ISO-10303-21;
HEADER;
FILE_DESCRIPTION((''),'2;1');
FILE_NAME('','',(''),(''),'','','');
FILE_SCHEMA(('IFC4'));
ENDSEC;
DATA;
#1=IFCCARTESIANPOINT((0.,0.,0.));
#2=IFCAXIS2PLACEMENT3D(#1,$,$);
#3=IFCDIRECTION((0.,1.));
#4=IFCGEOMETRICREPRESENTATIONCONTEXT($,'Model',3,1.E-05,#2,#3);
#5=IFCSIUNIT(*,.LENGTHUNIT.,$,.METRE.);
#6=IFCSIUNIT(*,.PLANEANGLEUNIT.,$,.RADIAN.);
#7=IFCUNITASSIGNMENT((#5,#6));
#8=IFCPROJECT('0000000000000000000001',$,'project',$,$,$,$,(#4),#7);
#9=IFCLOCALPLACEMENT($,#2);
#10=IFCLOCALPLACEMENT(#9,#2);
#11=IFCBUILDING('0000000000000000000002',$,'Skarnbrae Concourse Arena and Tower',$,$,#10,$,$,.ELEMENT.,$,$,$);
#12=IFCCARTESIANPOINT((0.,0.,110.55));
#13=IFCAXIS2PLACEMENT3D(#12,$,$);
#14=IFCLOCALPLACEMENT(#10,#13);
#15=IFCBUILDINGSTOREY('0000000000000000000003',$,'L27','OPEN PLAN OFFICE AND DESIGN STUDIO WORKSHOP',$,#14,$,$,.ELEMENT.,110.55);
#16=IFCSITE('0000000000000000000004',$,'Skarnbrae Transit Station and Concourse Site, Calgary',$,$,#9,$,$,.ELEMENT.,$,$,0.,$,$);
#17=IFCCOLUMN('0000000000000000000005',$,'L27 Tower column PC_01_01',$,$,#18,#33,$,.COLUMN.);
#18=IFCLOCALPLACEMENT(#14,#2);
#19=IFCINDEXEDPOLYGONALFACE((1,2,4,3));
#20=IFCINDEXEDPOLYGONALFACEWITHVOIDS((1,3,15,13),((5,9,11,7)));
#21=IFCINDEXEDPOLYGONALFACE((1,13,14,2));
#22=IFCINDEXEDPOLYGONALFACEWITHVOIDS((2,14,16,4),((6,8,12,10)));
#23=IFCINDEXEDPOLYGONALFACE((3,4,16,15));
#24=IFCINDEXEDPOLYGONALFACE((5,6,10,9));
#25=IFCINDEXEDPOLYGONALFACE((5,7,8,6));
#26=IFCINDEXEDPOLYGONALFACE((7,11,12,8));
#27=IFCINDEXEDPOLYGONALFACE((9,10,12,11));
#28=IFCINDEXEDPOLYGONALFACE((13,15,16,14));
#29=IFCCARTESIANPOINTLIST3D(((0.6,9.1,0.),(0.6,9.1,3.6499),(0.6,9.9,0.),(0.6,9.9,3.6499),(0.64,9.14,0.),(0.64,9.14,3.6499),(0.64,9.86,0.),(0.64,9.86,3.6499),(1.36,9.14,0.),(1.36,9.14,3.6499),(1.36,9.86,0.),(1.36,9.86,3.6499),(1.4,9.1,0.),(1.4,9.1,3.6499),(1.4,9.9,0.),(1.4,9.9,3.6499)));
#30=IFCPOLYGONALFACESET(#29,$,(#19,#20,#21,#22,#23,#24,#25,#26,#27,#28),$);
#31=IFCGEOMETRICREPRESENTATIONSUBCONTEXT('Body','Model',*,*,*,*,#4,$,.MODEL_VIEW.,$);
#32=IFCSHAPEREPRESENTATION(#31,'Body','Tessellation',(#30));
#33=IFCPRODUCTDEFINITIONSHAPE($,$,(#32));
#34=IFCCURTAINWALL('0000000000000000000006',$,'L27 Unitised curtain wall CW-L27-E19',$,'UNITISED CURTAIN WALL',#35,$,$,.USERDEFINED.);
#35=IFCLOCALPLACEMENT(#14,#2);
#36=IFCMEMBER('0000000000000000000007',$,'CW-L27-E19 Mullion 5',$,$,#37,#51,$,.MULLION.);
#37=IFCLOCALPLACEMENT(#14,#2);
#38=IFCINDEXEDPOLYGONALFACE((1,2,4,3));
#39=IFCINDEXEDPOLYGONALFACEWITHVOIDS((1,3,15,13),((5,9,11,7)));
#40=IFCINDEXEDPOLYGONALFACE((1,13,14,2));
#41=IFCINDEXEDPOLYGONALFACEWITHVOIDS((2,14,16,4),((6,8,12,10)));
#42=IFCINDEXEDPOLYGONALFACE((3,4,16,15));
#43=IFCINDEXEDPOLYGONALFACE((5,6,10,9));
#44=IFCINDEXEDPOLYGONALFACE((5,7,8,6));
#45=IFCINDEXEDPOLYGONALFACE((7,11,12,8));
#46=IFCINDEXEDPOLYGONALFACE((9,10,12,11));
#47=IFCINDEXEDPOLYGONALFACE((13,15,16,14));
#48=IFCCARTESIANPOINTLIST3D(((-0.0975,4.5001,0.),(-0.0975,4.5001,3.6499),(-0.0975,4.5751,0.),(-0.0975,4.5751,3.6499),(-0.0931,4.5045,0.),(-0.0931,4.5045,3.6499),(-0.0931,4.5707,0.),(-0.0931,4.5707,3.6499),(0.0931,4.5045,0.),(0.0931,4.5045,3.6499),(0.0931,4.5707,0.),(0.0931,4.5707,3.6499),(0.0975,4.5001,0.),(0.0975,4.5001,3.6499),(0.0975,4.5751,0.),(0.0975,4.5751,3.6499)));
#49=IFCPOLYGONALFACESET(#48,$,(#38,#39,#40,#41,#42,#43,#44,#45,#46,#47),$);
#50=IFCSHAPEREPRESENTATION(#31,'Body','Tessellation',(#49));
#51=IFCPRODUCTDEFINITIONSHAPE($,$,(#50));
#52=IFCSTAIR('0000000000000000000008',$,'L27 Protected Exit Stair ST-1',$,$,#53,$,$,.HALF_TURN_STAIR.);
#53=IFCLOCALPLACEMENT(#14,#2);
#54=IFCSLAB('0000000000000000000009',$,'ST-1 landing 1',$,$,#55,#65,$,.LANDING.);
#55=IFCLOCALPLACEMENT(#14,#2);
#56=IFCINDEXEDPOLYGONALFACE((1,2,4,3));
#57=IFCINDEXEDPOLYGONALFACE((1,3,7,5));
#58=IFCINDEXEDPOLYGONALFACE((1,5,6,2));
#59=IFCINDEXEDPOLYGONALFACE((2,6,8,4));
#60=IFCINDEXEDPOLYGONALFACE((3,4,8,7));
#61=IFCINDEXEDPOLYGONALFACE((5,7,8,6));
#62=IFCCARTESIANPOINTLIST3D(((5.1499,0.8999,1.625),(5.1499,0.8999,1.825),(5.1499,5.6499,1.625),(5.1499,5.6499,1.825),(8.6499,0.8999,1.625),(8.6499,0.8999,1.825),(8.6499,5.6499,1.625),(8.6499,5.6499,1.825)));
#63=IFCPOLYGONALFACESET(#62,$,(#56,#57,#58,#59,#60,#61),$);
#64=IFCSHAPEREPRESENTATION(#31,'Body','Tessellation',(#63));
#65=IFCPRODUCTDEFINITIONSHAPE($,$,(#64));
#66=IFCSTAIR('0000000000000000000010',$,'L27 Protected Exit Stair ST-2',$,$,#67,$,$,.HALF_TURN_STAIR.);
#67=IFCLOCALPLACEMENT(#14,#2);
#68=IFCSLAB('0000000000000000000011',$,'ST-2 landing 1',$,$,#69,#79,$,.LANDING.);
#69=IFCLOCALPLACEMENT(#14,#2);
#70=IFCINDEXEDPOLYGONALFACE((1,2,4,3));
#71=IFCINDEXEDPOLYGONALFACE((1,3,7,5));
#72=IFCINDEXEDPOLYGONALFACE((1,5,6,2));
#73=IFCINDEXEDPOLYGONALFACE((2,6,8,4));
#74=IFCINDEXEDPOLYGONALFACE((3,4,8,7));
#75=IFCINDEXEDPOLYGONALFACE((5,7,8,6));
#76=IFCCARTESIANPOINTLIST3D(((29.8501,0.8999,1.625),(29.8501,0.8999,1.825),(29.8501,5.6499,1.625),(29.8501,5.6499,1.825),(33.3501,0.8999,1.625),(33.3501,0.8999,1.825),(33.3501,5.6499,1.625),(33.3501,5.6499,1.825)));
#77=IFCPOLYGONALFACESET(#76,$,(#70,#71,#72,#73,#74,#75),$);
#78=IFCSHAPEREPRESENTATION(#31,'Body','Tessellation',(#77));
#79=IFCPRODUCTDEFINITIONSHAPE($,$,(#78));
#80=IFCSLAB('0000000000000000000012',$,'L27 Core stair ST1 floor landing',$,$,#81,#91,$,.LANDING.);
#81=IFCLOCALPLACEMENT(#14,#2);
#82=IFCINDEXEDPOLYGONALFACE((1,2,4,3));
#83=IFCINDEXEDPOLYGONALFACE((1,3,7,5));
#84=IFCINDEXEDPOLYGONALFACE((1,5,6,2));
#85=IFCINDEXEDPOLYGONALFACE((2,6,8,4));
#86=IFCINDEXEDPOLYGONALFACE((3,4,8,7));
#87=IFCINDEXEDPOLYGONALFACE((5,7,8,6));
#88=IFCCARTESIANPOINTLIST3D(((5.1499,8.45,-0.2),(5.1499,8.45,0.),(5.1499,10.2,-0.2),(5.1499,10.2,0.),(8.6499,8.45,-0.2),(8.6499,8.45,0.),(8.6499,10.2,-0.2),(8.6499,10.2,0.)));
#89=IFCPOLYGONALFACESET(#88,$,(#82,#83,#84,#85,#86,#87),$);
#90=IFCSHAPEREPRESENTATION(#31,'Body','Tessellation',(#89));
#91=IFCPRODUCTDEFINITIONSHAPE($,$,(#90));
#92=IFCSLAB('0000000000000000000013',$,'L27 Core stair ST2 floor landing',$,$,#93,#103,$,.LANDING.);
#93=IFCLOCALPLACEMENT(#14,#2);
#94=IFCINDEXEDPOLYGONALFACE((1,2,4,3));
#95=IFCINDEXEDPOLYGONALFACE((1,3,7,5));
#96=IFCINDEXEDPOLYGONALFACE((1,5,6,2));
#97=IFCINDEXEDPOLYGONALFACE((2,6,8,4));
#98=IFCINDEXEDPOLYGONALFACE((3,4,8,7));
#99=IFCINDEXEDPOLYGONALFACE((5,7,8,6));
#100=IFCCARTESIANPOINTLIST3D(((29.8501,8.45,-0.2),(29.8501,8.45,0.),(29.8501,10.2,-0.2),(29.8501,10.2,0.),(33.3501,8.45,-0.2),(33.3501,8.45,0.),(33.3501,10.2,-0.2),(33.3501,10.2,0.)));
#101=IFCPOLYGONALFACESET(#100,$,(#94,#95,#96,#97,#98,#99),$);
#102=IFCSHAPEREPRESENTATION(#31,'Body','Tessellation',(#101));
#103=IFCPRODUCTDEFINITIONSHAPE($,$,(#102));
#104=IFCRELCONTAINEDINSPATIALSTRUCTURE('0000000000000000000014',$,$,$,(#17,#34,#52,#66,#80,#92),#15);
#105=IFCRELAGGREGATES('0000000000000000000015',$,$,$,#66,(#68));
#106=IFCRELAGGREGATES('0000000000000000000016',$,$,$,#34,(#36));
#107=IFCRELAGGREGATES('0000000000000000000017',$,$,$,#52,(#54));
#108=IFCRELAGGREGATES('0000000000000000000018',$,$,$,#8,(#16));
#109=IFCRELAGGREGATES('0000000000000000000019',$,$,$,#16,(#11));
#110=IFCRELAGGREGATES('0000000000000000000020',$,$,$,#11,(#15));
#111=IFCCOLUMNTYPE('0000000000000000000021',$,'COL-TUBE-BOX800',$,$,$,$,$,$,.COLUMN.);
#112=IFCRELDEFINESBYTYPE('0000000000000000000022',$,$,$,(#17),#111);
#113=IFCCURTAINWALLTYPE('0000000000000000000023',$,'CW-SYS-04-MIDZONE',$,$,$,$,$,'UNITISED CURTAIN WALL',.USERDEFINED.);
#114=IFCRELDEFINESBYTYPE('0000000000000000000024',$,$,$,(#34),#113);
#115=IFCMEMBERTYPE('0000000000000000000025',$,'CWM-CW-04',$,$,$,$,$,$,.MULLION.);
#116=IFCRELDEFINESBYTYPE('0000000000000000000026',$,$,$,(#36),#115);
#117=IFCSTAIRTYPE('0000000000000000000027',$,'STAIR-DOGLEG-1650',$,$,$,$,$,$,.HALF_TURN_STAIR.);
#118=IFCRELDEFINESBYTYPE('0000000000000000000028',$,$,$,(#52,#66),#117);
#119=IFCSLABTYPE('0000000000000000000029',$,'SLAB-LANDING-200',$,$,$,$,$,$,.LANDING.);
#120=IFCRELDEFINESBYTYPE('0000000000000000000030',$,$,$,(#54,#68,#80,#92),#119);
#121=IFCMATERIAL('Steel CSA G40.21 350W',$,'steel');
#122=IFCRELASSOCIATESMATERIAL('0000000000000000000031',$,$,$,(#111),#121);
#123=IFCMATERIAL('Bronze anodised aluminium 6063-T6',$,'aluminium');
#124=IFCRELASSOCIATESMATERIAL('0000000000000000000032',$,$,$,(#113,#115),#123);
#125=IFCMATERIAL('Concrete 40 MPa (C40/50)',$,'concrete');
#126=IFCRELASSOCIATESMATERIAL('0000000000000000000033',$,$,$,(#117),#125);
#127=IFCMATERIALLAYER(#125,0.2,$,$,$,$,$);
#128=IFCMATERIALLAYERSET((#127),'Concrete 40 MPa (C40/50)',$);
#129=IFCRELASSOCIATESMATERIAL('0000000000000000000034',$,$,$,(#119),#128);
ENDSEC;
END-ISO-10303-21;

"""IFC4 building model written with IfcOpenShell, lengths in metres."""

from ifc_helpers import new_model, si_unit, direction, frame, origin, origin_2d, place, context, subcontext, project, spatial, polyline, hollow_rectangle, outline, extrude, source, transform, mapped, material, layer, layer_set, material_profile, profile_set, type_object, element, aggregate, save


model = new_model("IFC4")

# Units and contexts
model_context = context("Model", 3, precision=1e-05, world=origin(), true_north=direction((0.0, 1.0)))
body_context = subcontext(model_context, "Body", "Model", "MODEL_VIEW")
ifc_project = project(units=[si_unit("LENGTHUNIT", "METRE"), si_unit("PLANEANGLEUNIT", "RADIAN")], contexts=[model_context])

# Site, building, storey
site_placement = place(None, origin())
site = spatial("IfcSite", under=ifc_project, at=site_placement, Name="Skarnbrae Transit Station and Concourse Site, Calgary", CompositionType="ELEMENT", RefElevation=0.0)
building_placement = place(site_placement, origin())
building = spatial("IfcBuilding", under=site, at=building_placement, Name="Skarnbrae Concourse Arena and Tower", CompositionType="ELEMENT")
storey_placement = place(building_placement, frame((0.0, 0.0, 110.55)))
storey = spatial("IfcBuildingStorey", under=building, at=storey_placement, Name="L27", Description="OPEN PLAN OFFICE AND DESIGN STUDIO WORKSHOP", CompositionType="ELEMENT", Elevation=110.55)

# Column
ifc_material_1 = material(Name="Steel CSA G40.21 350W", Category="steel")
ifc_material_profile_1 = material_profile(ifc_material_1, hollow_rectangle(XDim=0.8, YDim=0.8, WallThickness=0.04, at=origin_2d()), Name="BOX800X800X40")
ifc_profile_set_1 = profile_set([ifc_material_profile_1], Name="Steel CSA G40.21 350W")
column_type = type_object("IfcColumnType", Name="COL-TUBE-BOX800", PredefinedType="COLUMN", material=ifc_profile_set_1)
shared_shape_1 = source(origin(), body_context, "Body", "SweptSolid", [
    extrude(hollow_rectangle(XDim=0.8, YDim=0.8, WallThickness=0.04, at=origin_2d()), origin(), (0.0, 0.0, 1.0), 3.6499),
])
column_placement = place(storey_placement, frame((1.0, 9.5, 0.0), z_axis=(0.0, 0.0, 1.0), x_axis=(1.0, 0.0, 0.0)))
element("IfcColumn", 1, at=column_placement, inside=storey, type_object=column_type, Name="L27 Tower column PC_01_01", PredefinedType="COLUMN", context=body_context, shape_type="MappedRepresentation", body=[
    mapped(shared_shape_1, transform((0.0, 0.0, 0.0))),
])

# Curtain wall, member
ifc_material_2 = material(Name="Bronze anodised aluminium 6063-T6", Category="aluminium")
curtain_wall_type = type_object("IfcCurtainWallType", Name="CW-SYS-04-MIDZONE", ElementType="UNITISED CURTAIN WALL", PredefinedType="USERDEFINED", material=ifc_material_2)
curtain_wall_placement = place(storey_placement, origin())
curtain_wall = element("IfcCurtainWall", 2, at=curtain_wall_placement, inside=storey, type_object=curtain_wall_type, Name="L27 Unitised curtain wall CW-L27-E19", ObjectType="UNITISED CURTAIN WALL", PredefinedType="USERDEFINED")
ifc_material_profile_2 = material_profile(ifc_material_2, hollow_rectangle(XDim=0.075, YDim=0.1951, WallThickness=0.0044, at=origin_2d()), Name="ALU-MULL-75X195")
ifc_profile_set_2 = profile_set([ifc_material_profile_2], Name="Bronze anodised aluminium 6063-T6")
member_type = type_object("IfcMemberType", Name="CWM-CW-04", PredefinedType="MULLION", material=ifc_profile_set_2)
shared_shape_2 = source(origin(), body_context, "Body", "SweptSolid", [
    extrude(hollow_rectangle(XDim=0.075, YDim=0.1951, WallThickness=0.0044, at=origin_2d()), origin(), (0.0, 0.0, 1.0), 3.6499),
])
member_placement = place(storey_placement, frame((0.0, 4.5376, 0.0), z_axis=(0.0, 0.0, 1.0), x_axis=(0.0, -1.0, 0.0)))
member = element("IfcMember", 3, at=member_placement, type_object=member_type, Name="CW-L27-E19 Mullion 5", PredefinedType="MULLION", context=body_context, shape_type="MappedRepresentation", body=[
    mapped(shared_shape_2, transform((0.0, 0.0, 0.0))),
])

# Stairs, slabs
ifc_material_3 = material(Name="Concrete 40 MPa (C40/50)", Category="concrete")
stair_type = type_object("IfcStairType", Name="STAIR-DOGLEG-1650", PredefinedType="HALF_TURN_STAIR", material=ifc_material_3)
stair_1_placement = place(storey_placement, origin())
stair_1 = element("IfcStair", 4, at=stair_1_placement, inside=storey, type_object=stair_type, Name="L27 Protected Exit Stair ST-1", PredefinedType="HALF_TURN_STAIR")
ifc_layer_1 = layer(ifc_material_3, 0.2)
ifc_layer_set_1 = layer_set([ifc_layer_1], Name="Concrete 40 MPa (C40/50)")
slab_type_1 = type_object("IfcSlabType", Name="SLAB-LANDING-200", PredefinedType="LANDING", material=ifc_layer_set_1)
slab_1_placement = place(storey_placement, frame((0.0, 0.0, 1.625)))
slab_1 = element("IfcSlab", 5, at=slab_1_placement, type_object=slab_type_1, Name="ST-1 landing 1", PredefinedType="LANDING", context=body_context, shape_type="SweptSolid", body=[
    extrude(outline(polyline([(5.1499, 5.6499), (5.1499, 0.8999), (8.6499, 0.8999), (8.6499, 5.6499), (5.1499, 5.6499)])), origin(), (0.0, 0.0, 1.0), 0.2),
])
stair_2_placement = place(storey_placement, origin())
stair_2 = element("IfcStair", 6, at=stair_2_placement, inside=storey, type_object=stair_type, Name="L27 Protected Exit Stair ST-2", PredefinedType="HALF_TURN_STAIR")
slab_2_placement = place(storey_placement, frame((0.0, 0.0, 1.625)))
slab_2 = element("IfcSlab", 7, at=slab_2_placement, type_object=slab_type_1, Name="ST-2 landing 1", PredefinedType="LANDING", context=body_context, shape_type="SweptSolid", body=[
    extrude(outline(polyline([(29.8501, 5.6499), (29.8501, 0.8999), (33.3501, 0.8999), (33.3501, 5.6499), (29.8501, 5.6499)])), origin(), (0.0, 0.0, 1.0), 0.2),
])
aggregate(stair_2, [slab_2])

# Slabs
slab_3_placement = place(storey_placement, frame((0.0, 0.0, -0.2)))
element("IfcSlab", 8, at=slab_3_placement, inside=storey, type_object=slab_type_1, Name="L27 Core stair ST1 floor landing", PredefinedType="LANDING", context=body_context, shape_type="SweptSolid", body=[
    extrude(outline(polyline([(5.1499, 10.2), (5.1499, 8.45), (8.6499, 8.45), (8.6499, 10.2), (5.1499, 10.2)])), origin(), (0.0, 0.0, 1.0), 0.2),
])
slab_4_placement = place(storey_placement, frame((0.0, 0.0, -0.2)))
element("IfcSlab", 9, at=slab_4_placement, inside=storey, type_object=slab_type_1, Name="L27 Core stair ST2 floor landing", PredefinedType="LANDING", context=body_context, shape_type="SweptSolid", body=[
    extrude(outline(polyline([(29.8501, 10.2), (29.8501, 8.45), (33.3501, 8.45), (33.3501, 10.2), (29.8501, 10.2)])), origin(), (0.0, 0.0, 1.0), 0.2),
])

aggregate(curtain_wall, [member])

aggregate(stair_1, [slab_1])

save(model, "model.ifc")
